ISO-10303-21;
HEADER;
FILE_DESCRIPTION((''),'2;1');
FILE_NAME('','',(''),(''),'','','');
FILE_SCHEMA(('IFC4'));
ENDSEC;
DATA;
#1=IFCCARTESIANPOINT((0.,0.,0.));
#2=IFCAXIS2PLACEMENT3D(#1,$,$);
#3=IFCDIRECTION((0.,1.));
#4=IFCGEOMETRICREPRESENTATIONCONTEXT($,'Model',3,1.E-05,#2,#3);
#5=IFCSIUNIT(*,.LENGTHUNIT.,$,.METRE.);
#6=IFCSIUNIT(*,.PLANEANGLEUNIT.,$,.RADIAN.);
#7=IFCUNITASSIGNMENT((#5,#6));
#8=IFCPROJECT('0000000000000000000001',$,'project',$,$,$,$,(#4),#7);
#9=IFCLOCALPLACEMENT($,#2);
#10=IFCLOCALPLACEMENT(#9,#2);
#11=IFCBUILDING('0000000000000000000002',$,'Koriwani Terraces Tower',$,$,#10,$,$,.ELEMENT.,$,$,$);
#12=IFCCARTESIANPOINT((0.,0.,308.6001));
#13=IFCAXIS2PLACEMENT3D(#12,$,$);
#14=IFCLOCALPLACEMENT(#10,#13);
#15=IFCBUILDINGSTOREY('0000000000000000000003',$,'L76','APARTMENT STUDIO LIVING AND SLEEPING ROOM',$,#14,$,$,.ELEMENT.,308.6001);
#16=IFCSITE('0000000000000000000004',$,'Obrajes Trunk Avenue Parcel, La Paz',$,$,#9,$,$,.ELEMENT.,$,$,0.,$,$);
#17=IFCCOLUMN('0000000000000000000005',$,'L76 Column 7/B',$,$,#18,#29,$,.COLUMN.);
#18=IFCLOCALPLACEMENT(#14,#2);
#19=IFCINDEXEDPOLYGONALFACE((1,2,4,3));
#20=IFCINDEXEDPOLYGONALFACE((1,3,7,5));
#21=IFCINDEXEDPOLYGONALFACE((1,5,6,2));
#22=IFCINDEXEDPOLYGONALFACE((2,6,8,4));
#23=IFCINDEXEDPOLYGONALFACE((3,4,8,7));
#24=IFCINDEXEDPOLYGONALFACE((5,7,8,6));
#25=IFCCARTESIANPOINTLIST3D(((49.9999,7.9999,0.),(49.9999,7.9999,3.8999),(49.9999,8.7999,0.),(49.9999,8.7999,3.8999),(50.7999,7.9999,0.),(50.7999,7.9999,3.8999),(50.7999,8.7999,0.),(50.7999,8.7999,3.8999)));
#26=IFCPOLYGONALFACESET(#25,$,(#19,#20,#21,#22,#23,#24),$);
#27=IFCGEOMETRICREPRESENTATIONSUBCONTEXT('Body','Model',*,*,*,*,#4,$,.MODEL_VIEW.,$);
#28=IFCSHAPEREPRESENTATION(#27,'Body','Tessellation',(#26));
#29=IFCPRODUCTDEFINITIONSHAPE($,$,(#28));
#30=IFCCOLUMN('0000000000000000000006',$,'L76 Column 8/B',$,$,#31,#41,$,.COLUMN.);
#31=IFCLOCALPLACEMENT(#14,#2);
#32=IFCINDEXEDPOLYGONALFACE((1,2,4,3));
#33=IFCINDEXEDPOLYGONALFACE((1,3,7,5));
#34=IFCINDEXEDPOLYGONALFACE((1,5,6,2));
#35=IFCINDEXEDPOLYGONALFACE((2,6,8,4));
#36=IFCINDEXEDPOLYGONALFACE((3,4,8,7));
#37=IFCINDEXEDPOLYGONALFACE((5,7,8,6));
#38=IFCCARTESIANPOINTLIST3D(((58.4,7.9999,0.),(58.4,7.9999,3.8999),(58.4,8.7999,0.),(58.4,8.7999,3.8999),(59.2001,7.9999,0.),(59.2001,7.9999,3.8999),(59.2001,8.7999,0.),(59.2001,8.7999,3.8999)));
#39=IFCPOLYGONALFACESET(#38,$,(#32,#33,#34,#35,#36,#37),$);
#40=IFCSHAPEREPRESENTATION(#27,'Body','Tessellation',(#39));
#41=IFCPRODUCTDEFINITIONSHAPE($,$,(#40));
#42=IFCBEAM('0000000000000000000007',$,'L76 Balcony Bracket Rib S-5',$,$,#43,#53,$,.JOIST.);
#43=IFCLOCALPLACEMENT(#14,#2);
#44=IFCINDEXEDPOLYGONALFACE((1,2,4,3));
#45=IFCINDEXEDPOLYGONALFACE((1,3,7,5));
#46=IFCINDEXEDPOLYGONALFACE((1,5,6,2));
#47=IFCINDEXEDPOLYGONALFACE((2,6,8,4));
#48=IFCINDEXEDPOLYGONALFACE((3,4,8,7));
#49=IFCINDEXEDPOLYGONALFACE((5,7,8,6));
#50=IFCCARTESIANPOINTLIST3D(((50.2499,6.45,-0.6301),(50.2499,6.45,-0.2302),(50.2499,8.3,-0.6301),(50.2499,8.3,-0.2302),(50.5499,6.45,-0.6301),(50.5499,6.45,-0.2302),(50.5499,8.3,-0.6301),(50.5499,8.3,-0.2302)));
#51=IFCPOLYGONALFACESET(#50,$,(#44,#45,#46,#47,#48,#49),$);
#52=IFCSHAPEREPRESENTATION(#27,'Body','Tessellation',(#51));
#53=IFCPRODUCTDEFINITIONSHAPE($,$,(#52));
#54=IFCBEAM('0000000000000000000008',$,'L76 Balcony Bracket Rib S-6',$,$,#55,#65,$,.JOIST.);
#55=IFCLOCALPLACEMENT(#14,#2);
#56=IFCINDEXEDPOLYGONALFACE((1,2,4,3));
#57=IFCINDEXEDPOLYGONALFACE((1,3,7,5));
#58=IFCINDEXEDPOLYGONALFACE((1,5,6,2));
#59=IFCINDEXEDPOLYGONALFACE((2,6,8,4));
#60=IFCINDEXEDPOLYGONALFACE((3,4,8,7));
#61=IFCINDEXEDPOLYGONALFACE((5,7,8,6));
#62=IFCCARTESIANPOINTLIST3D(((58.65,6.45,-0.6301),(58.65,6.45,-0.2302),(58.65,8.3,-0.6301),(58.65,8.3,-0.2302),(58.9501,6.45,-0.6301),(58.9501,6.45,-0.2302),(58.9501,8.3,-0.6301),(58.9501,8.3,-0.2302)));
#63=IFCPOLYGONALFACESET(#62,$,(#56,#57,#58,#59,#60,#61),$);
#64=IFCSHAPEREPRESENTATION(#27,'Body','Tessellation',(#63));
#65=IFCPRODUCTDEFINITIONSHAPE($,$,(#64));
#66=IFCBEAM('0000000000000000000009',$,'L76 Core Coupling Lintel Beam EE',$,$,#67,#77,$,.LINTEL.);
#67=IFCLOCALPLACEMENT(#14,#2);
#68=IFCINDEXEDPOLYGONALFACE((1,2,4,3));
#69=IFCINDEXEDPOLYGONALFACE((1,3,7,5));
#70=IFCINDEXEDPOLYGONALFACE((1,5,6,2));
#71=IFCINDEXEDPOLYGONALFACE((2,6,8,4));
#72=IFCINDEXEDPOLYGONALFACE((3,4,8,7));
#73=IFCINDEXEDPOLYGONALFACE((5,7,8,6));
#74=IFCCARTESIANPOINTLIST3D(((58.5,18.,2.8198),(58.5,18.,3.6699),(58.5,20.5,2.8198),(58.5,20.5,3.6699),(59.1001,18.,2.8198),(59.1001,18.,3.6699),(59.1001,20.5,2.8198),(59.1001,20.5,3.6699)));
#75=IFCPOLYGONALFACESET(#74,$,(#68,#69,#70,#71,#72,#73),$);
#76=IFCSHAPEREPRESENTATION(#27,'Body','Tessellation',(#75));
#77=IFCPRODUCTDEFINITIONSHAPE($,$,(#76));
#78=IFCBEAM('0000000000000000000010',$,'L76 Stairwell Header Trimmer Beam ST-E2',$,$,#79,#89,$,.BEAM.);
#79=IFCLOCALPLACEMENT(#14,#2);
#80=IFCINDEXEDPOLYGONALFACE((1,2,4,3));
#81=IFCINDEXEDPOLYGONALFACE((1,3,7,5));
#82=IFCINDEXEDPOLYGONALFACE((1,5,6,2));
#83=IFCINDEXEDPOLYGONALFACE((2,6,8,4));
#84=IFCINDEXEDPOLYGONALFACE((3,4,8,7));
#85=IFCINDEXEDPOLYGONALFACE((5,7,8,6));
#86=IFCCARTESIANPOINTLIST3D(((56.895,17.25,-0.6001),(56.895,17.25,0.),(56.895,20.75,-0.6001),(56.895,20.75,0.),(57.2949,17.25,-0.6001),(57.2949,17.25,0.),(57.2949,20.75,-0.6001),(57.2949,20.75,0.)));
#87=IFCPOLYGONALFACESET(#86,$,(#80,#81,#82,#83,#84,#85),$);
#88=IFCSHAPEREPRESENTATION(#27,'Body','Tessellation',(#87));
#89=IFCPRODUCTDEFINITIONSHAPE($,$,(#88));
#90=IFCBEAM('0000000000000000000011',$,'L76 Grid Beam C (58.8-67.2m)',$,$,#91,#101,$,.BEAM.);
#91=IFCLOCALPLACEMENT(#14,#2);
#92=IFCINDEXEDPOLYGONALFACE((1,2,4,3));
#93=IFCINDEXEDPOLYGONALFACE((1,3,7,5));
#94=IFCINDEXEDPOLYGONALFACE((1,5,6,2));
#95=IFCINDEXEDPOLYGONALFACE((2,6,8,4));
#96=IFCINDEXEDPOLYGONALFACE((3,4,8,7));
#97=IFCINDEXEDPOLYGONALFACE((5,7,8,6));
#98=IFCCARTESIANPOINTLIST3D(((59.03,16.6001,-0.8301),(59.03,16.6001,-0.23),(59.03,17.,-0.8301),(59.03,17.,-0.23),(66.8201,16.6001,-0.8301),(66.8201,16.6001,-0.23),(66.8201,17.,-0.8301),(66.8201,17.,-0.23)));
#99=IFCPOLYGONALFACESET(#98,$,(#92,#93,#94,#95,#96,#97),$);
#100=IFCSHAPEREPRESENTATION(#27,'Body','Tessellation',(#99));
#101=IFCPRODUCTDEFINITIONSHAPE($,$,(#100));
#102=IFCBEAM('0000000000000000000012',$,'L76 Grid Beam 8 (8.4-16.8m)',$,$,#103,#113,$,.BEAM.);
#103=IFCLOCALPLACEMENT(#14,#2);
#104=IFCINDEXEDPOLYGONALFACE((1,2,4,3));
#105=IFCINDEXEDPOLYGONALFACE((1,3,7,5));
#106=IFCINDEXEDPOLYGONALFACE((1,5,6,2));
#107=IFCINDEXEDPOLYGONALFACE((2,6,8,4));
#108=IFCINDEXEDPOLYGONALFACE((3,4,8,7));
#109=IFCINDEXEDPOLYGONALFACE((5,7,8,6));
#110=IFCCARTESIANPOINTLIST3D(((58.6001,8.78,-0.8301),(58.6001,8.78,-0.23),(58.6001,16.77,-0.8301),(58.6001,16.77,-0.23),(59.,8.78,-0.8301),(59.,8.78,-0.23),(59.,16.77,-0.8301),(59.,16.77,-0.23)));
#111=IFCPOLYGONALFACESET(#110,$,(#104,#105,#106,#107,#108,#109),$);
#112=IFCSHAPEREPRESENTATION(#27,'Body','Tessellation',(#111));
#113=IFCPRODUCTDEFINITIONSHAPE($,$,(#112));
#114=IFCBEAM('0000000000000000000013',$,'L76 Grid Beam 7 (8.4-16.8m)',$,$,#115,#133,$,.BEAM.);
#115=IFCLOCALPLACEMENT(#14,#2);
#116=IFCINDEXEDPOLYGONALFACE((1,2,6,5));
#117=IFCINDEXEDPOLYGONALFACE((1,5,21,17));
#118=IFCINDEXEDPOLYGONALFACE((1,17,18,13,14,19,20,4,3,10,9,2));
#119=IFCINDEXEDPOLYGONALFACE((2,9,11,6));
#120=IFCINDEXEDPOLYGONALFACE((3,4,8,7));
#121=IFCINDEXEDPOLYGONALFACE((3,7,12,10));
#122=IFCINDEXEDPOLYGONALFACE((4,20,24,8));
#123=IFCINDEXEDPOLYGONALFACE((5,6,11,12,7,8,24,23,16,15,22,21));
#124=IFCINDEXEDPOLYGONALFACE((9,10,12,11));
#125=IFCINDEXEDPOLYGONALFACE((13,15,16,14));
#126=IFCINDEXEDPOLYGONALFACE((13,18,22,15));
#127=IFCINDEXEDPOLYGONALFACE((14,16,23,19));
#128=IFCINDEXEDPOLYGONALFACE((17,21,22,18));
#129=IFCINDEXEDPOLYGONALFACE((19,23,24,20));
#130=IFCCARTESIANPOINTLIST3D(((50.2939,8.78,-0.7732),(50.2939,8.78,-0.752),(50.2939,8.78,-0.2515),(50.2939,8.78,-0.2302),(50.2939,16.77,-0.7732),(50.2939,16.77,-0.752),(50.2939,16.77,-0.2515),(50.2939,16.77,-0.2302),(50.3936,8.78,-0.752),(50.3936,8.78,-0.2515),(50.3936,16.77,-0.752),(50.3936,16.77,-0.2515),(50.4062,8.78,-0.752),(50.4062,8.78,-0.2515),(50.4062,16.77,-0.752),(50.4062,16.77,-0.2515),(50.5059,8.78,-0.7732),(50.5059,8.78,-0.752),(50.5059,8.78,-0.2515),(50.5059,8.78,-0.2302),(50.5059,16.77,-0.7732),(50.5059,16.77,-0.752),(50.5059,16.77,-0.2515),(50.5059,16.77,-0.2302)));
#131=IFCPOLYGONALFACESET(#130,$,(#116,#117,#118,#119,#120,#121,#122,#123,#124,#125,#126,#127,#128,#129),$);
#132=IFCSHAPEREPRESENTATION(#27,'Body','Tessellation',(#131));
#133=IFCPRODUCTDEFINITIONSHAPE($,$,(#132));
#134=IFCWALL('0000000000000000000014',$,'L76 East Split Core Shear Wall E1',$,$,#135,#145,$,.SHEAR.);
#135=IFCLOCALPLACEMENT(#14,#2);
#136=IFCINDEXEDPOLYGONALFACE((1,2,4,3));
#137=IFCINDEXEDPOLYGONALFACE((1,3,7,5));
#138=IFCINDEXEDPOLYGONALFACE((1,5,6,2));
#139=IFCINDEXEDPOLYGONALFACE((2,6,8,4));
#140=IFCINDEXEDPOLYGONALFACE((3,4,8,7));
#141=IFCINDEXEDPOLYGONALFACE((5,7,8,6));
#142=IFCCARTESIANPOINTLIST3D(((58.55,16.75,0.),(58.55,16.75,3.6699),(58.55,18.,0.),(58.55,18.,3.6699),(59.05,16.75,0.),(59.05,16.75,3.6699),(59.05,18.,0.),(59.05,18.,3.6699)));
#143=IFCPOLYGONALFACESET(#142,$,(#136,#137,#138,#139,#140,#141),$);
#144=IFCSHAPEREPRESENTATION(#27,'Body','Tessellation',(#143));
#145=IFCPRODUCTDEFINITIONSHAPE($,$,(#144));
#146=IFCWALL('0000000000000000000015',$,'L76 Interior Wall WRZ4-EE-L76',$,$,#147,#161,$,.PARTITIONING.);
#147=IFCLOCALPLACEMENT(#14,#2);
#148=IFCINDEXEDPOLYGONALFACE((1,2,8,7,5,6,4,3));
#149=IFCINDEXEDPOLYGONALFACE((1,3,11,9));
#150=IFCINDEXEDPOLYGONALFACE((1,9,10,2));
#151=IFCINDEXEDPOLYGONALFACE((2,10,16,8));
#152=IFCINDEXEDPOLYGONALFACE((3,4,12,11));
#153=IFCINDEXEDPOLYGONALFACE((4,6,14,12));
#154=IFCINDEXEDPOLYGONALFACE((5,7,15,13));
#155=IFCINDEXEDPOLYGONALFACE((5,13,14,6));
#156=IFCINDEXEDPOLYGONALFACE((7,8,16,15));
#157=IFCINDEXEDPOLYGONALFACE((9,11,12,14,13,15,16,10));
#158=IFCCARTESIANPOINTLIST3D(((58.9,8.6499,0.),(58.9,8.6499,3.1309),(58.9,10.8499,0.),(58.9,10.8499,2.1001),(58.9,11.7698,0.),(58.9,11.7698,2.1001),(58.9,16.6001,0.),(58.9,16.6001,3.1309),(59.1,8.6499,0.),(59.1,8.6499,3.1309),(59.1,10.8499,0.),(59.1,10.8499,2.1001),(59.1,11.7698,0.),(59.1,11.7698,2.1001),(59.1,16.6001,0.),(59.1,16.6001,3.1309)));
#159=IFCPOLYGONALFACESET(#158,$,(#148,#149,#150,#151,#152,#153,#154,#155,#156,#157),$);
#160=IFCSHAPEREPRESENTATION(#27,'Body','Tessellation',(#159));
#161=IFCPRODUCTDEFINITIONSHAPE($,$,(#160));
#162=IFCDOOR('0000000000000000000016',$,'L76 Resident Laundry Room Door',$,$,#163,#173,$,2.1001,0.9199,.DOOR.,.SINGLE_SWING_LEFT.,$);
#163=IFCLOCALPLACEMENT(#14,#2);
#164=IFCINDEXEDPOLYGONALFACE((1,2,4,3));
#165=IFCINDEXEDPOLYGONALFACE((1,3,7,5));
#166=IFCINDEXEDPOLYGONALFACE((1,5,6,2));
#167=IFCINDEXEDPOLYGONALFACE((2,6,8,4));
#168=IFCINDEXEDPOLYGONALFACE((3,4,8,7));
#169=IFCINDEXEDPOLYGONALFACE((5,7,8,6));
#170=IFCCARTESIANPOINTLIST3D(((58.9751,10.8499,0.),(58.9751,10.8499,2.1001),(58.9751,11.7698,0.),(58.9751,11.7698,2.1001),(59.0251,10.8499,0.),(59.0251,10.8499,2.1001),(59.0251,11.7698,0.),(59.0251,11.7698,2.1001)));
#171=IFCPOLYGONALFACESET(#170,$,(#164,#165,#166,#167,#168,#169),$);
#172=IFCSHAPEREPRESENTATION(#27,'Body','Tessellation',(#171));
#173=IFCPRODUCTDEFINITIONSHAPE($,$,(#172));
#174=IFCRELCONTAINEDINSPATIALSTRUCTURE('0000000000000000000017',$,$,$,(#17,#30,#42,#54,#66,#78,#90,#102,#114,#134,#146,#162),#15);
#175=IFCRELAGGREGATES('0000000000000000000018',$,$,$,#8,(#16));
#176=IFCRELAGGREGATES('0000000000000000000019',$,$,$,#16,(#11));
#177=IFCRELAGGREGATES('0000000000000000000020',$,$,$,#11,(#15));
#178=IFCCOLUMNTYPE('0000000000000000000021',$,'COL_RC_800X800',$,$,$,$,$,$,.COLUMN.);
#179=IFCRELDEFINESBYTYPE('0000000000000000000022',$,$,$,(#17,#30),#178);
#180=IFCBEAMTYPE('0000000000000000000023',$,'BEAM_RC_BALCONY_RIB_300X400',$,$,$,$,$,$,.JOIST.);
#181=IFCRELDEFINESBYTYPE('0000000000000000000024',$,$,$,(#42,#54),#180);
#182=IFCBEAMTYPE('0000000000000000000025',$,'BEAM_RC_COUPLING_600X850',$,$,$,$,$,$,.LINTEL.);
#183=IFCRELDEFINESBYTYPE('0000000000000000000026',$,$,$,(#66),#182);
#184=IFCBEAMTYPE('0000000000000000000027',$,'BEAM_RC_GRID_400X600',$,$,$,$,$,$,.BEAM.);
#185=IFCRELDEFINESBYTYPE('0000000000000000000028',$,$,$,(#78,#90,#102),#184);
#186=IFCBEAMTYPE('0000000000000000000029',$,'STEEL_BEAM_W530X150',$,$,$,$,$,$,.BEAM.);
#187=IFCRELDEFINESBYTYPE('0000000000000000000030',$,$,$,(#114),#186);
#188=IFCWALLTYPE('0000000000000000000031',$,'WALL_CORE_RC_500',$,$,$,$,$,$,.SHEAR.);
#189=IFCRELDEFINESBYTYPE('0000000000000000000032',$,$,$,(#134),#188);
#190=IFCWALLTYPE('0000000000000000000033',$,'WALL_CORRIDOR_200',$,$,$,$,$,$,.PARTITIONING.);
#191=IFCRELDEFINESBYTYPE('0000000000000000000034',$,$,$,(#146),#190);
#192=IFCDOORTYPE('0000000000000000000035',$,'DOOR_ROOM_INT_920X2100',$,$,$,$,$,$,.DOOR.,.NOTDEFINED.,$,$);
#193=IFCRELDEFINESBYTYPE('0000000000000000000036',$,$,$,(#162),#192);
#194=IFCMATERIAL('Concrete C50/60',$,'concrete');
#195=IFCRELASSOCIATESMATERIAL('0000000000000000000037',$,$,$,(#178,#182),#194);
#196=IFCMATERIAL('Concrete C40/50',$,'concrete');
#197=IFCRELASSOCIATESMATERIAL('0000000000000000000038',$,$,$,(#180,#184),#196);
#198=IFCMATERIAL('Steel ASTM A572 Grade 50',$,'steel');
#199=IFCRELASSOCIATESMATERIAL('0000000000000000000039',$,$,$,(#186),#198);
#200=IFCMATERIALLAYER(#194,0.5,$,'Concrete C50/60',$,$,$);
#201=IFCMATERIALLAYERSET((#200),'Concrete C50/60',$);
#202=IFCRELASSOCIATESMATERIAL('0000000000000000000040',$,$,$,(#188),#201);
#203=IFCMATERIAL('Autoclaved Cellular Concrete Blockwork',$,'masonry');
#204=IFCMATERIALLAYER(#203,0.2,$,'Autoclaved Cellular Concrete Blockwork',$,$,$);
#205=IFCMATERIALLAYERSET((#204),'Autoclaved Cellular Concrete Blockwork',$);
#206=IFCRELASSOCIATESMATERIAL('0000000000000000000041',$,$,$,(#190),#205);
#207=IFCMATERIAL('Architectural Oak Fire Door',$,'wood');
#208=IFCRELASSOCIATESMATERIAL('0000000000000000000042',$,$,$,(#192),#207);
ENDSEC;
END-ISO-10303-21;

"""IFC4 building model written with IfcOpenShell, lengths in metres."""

from ifc_helpers import new_model, si_unit, direction, frame, frame_2d, origin, origin_2d, place, context, subcontext, project, spatial, rectangle, i_section, extrude, material, layer, layer_set, material_profile, profile_set, type_object, element, fill, save


model = new_model("IFC4")

# Units and contexts
model_context = context("Model", 3, precision=1e-05, world=origin(), true_north=direction((0.0, 1.0)))
body_context = subcontext(model_context, "Body", "Model", "MODEL_VIEW")
ifc_project = project(units=[si_unit("LENGTHUNIT", "METRE"), si_unit("PLANEANGLEUNIT", "RADIAN")], contexts=[model_context])

# Site, building, storey
site_placement = place(None, origin())
site = spatial("IfcSite", under=ifc_project, at=site_placement, Name="Obrajes Trunk Avenue Parcel, La Paz", CompositionType="ELEMENT", RefElevation=0.0)
building_placement = place(site_placement, origin())
building = spatial("IfcBuilding", under=site, at=building_placement, Name="Koriwani Terraces Tower", CompositionType="ELEMENT")
storey_placement = place(building_placement, frame((0.0, 0.0, 308.6001)))
storey = spatial("IfcBuildingStorey", under=building, at=storey_placement, Name="L76", Description="APARTMENT STUDIO LIVING AND SLEEPING ROOM", CompositionType="ELEMENT", Elevation=308.6001)

# Columns
ifc_material_1 = material(Name="Concrete C50/60", Category="concrete")
ifc_material_profile_1 = material_profile(ifc_material_1, rectangle(XDim=0.8, YDim=0.8, at=origin_2d()), Name="Concrete C50/60", Category="LoadBearing")
ifc_profile_set_1 = profile_set([ifc_material_profile_1], Name="Concrete C50/60")
column_type = type_object("IfcColumnType", Name="COL_RC_800X800", PredefinedType="COLUMN", material=ifc_profile_set_1)
for number, where, z_axis, x_axis, name in (
    (1, (50.3999, 8.3999, 0.0), (0.0, 0.0, 1.0), (1.0, 0.0, 0.0), "L76 Column 7/B"),
    (2, (58.8, 8.3999, 0.0), (0.0, 0.0, 1.0), (1.0, 0.0, 0.0), "L76 Column 8/B"),
):
    element("IfcColumn", number, at=place(storey_placement, frame(where, z_axis=z_axis, x_axis=x_axis)), inside=storey, type_object=column_type, Name=name, PredefinedType="COLUMN", context=body_context, shape_type="SweptSolid", body=[
        extrude(rectangle(XDim=0.8, YDim=0.8, at=origin_2d()), origin(), (0.0, 0.0, 1.0), 3.8999),
    ])

# Beams
ifc_material_2 = material(Name="Concrete C40/50", Category="concrete")
ifc_material_profile_2 = material_profile(ifc_material_2, rectangle(XDim=0.3, YDim=0.3999, at=origin_2d()), Name="Concrete C40/50", Category="LoadBearing")
ifc_profile_set_2 = profile_set([ifc_material_profile_2], Name="Concrete C40/50")
beam_type_1 = type_object("IfcBeamType", Name="BEAM_RC_BALCONY_RIB_300X400", PredefinedType="JOIST", material=ifc_profile_set_2)
for number, where, z_axis, x_axis, name in (
    (3, (50.3999, 6.45, -0.4302), (0.0, 1.0, 0.0), (-1.0, 0.0, 0.0), "L76 Balcony Bracket Rib S-5"),
    (4, (58.8, 6.45, -0.4302), (0.0, 1.0, 0.0), (-1.0, 0.0, 0.0), "L76 Balcony Bracket Rib S-6"),
):
    element("IfcBeam", number, at=place(storey_placement, frame(where, z_axis=z_axis, x_axis=x_axis)), inside=storey, type_object=beam_type_1, Name=name, PredefinedType="JOIST", context=body_context, shape_type="SweptSolid", body=[
        extrude(rectangle(XDim=0.3, YDim=0.3999, at=origin_2d()), origin(), (0.0, 0.0, 1.0), 1.8501),
    ])
ifc_material_profile_3 = material_profile(ifc_material_1, rectangle(XDim=0.6001, YDim=0.8501, at=origin_2d()), Name="Concrete C50/60", Category="LoadBearing")
ifc_profile_set_3 = profile_set([ifc_material_profile_3], Name="Concrete C50/60")
beam_type_2 = type_object("IfcBeamType", Name="BEAM_RC_COUPLING_600X850", PredefinedType="LINTEL", material=ifc_profile_set_3)
beam_1_placement = place(storey_placement, frame((58.8, 18.0, 3.2449), z_axis=(0.0, 1.0, 0.0), x_axis=(-1.0, 0.0, 0.0)))
element("IfcBeam", 5, at=beam_1_placement, inside=storey, type_object=beam_type_2, Name="L76 Core Coupling Lintel Beam EE", PredefinedType="LINTEL", context=body_context, shape_type="SweptSolid", body=[
    extrude(rectangle(XDim=0.6001, YDim=0.8501, at=origin_2d()), origin(), (0.0, 0.0, 1.0), 2.5),
])
ifc_material_profile_4 = material_profile(ifc_material_2, rectangle(XDim=0.3999, YDim=0.6001, at=origin_2d()), Name="Concrete C40/50", Category="LoadBearing")
ifc_profile_set_4 = profile_set([ifc_material_profile_4], Name="Concrete C40/50")
beam_type_3 = type_object("IfcBeamType", Name="BEAM_RC_GRID_400X600", PredefinedType="BEAM", material=ifc_profile_set_4)
beam_2_placement = place(storey_placement, frame((57.095, 17.25, -0.3), z_axis=(0.0, 1.0, 0.0), x_axis=(-1.0, 0.0, 0.0)))
element("IfcBeam", 6, at=beam_2_placement, inside=storey, type_object=beam_type_3, Name="L76 Stairwell Header Trimmer Beam ST-E2", PredefinedType="BEAM", context=body_context, shape_type="SweptSolid", body=[
    extrude(rectangle(XDim=0.3999, YDim=0.6001, at=origin_2d()), origin(), (0.0, 0.0, 1.0), 3.5),
])
beam_3_placement = place(storey_placement, frame((59.03, 16.8, -0.53), z_axis=(1.0, 0.0, 0.0), x_axis=(0.0, 1.0, 0.0)))
element("IfcBeam", 7, at=beam_3_placement, inside=storey, type_object=beam_type_3, Name="L76 Grid Beam C (58.8-67.2m)", PredefinedType="BEAM", context=body_context, shape_type="SweptSolid", body=[
    extrude(rectangle(XDim=0.3999, YDim=0.6001, at=origin_2d()), origin(), (0.0, 0.0, 1.0), 7.79),
])
beam_4_placement = place(storey_placement, frame((58.8, 8.78, -0.53), z_axis=(0.0, 1.0, 0.0), x_axis=(-1.0, 0.0, 0.0)))
element("IfcBeam", 8, at=beam_4_placement, inside=storey, type_object=beam_type_3, Name="L76 Grid Beam 8 (8.4-16.8m)", PredefinedType="BEAM", context=body_context, shape_type="SweptSolid", body=[
    extrude(rectangle(XDim=0.3999, YDim=0.6001, at=origin_2d()), origin(), (0.0, 0.0, 1.0), 7.99),
])
ifc_material_3 = material(Name="Steel ASTM A572 Grade 50", Category="steel")
ifc_material_profile_5 = material_profile(ifc_material_3, i_section(OverallWidth=0.2119, OverallDepth=0.543, WebThickness=0.0127, FlangeThickness=0.0212, at=origin_2d()), Name="Steel ASTM A572 Grade 50", Category="LoadBearing")
ifc_profile_set_5 = profile_set([ifc_material_profile_5], Name="Steel ASTM A572 Grade 50")
beam_type_4 = type_object("IfcBeamType", Name="STEEL_BEAM_W530X150", PredefinedType="BEAM", material=ifc_profile_set_5)
beam_5_placement = place(storey_placement, frame((50.3999, 8.78, -0.5017), z_axis=(0.0, 1.0, 0.0), x_axis=(-1.0, 0.0, 0.0)))
element("IfcBeam", 9, at=beam_5_placement, inside=storey, type_object=beam_type_4, Name="L76 Grid Beam 7 (8.4-16.8m)", PredefinedType="BEAM", context=body_context, shape_type="SweptSolid", body=[
    extrude(i_section(OverallWidth=0.2119, OverallDepth=0.543, WebThickness=0.0127, FlangeThickness=0.0212, at=origin_2d()), origin(), (0.0, 0.0, 1.0), 7.99),
])

# Wall
ifc_layer_1 = layer(ifc_material_1, 0.5, Name="Concrete C50/60")
ifc_layer_set_1 = layer_set([ifc_layer_1], Name="Concrete C50/60")
wall_type_1 = type_object("IfcWallType", Name="WALL_CORE_RC_500", PredefinedType="SHEAR", material=ifc_layer_set_1)
wall_1_placement = place(storey_placement, frame((58.8, 16.75, 0.0), z_axis=(0.0, 0.0, 1.0), x_axis=(0.0, 1.0, 0.0)))
element("IfcWall", 10, at=wall_1_placement, inside=storey, type_object=wall_type_1, Name="L76 East Split Core Shear Wall E1", PredefinedType="SHEAR", context=body_context, shape_type="SweptSolid", body=[
    extrude(rectangle(XDim=1.25, YDim=0.5, at=frame_2d((0.625, 0.0))), origin(), (0.0, 0.0, 1.0), 3.6699),
])

# Wall, opening, door
ifc_material_4 = material(Name="Autoclaved Cellular Concrete Blockwork", Category="masonry")
ifc_layer_2 = layer(ifc_material_4, 0.2, Name="Autoclaved Cellular Concrete Blockwork")
ifc_layer_set_2 = layer_set([ifc_layer_2], Name="Autoclaved Cellular Concrete Blockwork")
wall_type_2 = type_object("IfcWallType", Name="WALL_CORRIDOR_200", PredefinedType="PARTITIONING", material=ifc_layer_set_2)
wall_2_placement = place(storey_placement, frame((59.0, 8.6499, 0.0), z_axis=(0.0, 0.0, 1.0), x_axis=(0.0, 1.0, 0.0)))
wall_2 = element("IfcWall", 11, at=wall_2_placement, inside=storey, type_object=wall_type_2, Name="L76 Interior Wall WRZ4-EE-L76", PredefinedType="PARTITIONING", context=body_context, shape_type="SweptSolid", body=[
    extrude(rectangle(XDim=7.9502, YDim=0.2, at=frame_2d((3.9751, 0.0))), origin(), (0.0, 0.0, 1.0), 3.1309),
])
opening_1_placement = place(wall_2_placement, frame((2.2, 0.0, 0.0)))
opening_1 = element("IfcOpeningElement", 12, at=opening_1_placement, cuts=wall_2, PredefinedType="OPENING", context=body_context, shape_type="SweptSolid", body=[
    extrude(rectangle(XDim=0.9199, YDim=2.1001, at=frame_2d((0.46, 1.05))), frame((0.0, 0.1099, 0.0), z_axis=(0.0, -1.0, 0.0), x_axis=(1.0, 0.0, 0.0)), (0.0, 0.0, 1.0), 0.22),
])
ifc_material_5 = material(Name="Architectural Oak Fire Door", Category="wood")
door_type_1 = type_object("IfcDoorType", Name="DOOR_ROOM_INT_920X2100", OperationType="NOTDEFINED", PredefinedType="DOOR", material=ifc_material_5)
door_1_placement = place(opening_1_placement, origin())
door_1 = element("IfcDoor", 13, at=door_1_placement, inside=storey, type_object=door_type_1, Name="L76 Resident Laundry Room Door", OperationType="SINGLE_SWING_LEFT", OverallHeight=2.1001, OverallWidth=0.9199, PredefinedType="DOOR", context=body_context, shape_type="SweptSolid", body=[
    extrude(rectangle(XDim=0.9199, YDim=2.1001, at=frame_2d((0.46, 1.05))), frame((0.0, 0.0249, 0.0), z_axis=(0.0, -1.0, 0.0), x_axis=(1.0, 0.0, 0.0)), (0.0, 0.0, 1.0), 0.05),
])
fill(opening_1, door_1)

save(model, "model.ifc")
